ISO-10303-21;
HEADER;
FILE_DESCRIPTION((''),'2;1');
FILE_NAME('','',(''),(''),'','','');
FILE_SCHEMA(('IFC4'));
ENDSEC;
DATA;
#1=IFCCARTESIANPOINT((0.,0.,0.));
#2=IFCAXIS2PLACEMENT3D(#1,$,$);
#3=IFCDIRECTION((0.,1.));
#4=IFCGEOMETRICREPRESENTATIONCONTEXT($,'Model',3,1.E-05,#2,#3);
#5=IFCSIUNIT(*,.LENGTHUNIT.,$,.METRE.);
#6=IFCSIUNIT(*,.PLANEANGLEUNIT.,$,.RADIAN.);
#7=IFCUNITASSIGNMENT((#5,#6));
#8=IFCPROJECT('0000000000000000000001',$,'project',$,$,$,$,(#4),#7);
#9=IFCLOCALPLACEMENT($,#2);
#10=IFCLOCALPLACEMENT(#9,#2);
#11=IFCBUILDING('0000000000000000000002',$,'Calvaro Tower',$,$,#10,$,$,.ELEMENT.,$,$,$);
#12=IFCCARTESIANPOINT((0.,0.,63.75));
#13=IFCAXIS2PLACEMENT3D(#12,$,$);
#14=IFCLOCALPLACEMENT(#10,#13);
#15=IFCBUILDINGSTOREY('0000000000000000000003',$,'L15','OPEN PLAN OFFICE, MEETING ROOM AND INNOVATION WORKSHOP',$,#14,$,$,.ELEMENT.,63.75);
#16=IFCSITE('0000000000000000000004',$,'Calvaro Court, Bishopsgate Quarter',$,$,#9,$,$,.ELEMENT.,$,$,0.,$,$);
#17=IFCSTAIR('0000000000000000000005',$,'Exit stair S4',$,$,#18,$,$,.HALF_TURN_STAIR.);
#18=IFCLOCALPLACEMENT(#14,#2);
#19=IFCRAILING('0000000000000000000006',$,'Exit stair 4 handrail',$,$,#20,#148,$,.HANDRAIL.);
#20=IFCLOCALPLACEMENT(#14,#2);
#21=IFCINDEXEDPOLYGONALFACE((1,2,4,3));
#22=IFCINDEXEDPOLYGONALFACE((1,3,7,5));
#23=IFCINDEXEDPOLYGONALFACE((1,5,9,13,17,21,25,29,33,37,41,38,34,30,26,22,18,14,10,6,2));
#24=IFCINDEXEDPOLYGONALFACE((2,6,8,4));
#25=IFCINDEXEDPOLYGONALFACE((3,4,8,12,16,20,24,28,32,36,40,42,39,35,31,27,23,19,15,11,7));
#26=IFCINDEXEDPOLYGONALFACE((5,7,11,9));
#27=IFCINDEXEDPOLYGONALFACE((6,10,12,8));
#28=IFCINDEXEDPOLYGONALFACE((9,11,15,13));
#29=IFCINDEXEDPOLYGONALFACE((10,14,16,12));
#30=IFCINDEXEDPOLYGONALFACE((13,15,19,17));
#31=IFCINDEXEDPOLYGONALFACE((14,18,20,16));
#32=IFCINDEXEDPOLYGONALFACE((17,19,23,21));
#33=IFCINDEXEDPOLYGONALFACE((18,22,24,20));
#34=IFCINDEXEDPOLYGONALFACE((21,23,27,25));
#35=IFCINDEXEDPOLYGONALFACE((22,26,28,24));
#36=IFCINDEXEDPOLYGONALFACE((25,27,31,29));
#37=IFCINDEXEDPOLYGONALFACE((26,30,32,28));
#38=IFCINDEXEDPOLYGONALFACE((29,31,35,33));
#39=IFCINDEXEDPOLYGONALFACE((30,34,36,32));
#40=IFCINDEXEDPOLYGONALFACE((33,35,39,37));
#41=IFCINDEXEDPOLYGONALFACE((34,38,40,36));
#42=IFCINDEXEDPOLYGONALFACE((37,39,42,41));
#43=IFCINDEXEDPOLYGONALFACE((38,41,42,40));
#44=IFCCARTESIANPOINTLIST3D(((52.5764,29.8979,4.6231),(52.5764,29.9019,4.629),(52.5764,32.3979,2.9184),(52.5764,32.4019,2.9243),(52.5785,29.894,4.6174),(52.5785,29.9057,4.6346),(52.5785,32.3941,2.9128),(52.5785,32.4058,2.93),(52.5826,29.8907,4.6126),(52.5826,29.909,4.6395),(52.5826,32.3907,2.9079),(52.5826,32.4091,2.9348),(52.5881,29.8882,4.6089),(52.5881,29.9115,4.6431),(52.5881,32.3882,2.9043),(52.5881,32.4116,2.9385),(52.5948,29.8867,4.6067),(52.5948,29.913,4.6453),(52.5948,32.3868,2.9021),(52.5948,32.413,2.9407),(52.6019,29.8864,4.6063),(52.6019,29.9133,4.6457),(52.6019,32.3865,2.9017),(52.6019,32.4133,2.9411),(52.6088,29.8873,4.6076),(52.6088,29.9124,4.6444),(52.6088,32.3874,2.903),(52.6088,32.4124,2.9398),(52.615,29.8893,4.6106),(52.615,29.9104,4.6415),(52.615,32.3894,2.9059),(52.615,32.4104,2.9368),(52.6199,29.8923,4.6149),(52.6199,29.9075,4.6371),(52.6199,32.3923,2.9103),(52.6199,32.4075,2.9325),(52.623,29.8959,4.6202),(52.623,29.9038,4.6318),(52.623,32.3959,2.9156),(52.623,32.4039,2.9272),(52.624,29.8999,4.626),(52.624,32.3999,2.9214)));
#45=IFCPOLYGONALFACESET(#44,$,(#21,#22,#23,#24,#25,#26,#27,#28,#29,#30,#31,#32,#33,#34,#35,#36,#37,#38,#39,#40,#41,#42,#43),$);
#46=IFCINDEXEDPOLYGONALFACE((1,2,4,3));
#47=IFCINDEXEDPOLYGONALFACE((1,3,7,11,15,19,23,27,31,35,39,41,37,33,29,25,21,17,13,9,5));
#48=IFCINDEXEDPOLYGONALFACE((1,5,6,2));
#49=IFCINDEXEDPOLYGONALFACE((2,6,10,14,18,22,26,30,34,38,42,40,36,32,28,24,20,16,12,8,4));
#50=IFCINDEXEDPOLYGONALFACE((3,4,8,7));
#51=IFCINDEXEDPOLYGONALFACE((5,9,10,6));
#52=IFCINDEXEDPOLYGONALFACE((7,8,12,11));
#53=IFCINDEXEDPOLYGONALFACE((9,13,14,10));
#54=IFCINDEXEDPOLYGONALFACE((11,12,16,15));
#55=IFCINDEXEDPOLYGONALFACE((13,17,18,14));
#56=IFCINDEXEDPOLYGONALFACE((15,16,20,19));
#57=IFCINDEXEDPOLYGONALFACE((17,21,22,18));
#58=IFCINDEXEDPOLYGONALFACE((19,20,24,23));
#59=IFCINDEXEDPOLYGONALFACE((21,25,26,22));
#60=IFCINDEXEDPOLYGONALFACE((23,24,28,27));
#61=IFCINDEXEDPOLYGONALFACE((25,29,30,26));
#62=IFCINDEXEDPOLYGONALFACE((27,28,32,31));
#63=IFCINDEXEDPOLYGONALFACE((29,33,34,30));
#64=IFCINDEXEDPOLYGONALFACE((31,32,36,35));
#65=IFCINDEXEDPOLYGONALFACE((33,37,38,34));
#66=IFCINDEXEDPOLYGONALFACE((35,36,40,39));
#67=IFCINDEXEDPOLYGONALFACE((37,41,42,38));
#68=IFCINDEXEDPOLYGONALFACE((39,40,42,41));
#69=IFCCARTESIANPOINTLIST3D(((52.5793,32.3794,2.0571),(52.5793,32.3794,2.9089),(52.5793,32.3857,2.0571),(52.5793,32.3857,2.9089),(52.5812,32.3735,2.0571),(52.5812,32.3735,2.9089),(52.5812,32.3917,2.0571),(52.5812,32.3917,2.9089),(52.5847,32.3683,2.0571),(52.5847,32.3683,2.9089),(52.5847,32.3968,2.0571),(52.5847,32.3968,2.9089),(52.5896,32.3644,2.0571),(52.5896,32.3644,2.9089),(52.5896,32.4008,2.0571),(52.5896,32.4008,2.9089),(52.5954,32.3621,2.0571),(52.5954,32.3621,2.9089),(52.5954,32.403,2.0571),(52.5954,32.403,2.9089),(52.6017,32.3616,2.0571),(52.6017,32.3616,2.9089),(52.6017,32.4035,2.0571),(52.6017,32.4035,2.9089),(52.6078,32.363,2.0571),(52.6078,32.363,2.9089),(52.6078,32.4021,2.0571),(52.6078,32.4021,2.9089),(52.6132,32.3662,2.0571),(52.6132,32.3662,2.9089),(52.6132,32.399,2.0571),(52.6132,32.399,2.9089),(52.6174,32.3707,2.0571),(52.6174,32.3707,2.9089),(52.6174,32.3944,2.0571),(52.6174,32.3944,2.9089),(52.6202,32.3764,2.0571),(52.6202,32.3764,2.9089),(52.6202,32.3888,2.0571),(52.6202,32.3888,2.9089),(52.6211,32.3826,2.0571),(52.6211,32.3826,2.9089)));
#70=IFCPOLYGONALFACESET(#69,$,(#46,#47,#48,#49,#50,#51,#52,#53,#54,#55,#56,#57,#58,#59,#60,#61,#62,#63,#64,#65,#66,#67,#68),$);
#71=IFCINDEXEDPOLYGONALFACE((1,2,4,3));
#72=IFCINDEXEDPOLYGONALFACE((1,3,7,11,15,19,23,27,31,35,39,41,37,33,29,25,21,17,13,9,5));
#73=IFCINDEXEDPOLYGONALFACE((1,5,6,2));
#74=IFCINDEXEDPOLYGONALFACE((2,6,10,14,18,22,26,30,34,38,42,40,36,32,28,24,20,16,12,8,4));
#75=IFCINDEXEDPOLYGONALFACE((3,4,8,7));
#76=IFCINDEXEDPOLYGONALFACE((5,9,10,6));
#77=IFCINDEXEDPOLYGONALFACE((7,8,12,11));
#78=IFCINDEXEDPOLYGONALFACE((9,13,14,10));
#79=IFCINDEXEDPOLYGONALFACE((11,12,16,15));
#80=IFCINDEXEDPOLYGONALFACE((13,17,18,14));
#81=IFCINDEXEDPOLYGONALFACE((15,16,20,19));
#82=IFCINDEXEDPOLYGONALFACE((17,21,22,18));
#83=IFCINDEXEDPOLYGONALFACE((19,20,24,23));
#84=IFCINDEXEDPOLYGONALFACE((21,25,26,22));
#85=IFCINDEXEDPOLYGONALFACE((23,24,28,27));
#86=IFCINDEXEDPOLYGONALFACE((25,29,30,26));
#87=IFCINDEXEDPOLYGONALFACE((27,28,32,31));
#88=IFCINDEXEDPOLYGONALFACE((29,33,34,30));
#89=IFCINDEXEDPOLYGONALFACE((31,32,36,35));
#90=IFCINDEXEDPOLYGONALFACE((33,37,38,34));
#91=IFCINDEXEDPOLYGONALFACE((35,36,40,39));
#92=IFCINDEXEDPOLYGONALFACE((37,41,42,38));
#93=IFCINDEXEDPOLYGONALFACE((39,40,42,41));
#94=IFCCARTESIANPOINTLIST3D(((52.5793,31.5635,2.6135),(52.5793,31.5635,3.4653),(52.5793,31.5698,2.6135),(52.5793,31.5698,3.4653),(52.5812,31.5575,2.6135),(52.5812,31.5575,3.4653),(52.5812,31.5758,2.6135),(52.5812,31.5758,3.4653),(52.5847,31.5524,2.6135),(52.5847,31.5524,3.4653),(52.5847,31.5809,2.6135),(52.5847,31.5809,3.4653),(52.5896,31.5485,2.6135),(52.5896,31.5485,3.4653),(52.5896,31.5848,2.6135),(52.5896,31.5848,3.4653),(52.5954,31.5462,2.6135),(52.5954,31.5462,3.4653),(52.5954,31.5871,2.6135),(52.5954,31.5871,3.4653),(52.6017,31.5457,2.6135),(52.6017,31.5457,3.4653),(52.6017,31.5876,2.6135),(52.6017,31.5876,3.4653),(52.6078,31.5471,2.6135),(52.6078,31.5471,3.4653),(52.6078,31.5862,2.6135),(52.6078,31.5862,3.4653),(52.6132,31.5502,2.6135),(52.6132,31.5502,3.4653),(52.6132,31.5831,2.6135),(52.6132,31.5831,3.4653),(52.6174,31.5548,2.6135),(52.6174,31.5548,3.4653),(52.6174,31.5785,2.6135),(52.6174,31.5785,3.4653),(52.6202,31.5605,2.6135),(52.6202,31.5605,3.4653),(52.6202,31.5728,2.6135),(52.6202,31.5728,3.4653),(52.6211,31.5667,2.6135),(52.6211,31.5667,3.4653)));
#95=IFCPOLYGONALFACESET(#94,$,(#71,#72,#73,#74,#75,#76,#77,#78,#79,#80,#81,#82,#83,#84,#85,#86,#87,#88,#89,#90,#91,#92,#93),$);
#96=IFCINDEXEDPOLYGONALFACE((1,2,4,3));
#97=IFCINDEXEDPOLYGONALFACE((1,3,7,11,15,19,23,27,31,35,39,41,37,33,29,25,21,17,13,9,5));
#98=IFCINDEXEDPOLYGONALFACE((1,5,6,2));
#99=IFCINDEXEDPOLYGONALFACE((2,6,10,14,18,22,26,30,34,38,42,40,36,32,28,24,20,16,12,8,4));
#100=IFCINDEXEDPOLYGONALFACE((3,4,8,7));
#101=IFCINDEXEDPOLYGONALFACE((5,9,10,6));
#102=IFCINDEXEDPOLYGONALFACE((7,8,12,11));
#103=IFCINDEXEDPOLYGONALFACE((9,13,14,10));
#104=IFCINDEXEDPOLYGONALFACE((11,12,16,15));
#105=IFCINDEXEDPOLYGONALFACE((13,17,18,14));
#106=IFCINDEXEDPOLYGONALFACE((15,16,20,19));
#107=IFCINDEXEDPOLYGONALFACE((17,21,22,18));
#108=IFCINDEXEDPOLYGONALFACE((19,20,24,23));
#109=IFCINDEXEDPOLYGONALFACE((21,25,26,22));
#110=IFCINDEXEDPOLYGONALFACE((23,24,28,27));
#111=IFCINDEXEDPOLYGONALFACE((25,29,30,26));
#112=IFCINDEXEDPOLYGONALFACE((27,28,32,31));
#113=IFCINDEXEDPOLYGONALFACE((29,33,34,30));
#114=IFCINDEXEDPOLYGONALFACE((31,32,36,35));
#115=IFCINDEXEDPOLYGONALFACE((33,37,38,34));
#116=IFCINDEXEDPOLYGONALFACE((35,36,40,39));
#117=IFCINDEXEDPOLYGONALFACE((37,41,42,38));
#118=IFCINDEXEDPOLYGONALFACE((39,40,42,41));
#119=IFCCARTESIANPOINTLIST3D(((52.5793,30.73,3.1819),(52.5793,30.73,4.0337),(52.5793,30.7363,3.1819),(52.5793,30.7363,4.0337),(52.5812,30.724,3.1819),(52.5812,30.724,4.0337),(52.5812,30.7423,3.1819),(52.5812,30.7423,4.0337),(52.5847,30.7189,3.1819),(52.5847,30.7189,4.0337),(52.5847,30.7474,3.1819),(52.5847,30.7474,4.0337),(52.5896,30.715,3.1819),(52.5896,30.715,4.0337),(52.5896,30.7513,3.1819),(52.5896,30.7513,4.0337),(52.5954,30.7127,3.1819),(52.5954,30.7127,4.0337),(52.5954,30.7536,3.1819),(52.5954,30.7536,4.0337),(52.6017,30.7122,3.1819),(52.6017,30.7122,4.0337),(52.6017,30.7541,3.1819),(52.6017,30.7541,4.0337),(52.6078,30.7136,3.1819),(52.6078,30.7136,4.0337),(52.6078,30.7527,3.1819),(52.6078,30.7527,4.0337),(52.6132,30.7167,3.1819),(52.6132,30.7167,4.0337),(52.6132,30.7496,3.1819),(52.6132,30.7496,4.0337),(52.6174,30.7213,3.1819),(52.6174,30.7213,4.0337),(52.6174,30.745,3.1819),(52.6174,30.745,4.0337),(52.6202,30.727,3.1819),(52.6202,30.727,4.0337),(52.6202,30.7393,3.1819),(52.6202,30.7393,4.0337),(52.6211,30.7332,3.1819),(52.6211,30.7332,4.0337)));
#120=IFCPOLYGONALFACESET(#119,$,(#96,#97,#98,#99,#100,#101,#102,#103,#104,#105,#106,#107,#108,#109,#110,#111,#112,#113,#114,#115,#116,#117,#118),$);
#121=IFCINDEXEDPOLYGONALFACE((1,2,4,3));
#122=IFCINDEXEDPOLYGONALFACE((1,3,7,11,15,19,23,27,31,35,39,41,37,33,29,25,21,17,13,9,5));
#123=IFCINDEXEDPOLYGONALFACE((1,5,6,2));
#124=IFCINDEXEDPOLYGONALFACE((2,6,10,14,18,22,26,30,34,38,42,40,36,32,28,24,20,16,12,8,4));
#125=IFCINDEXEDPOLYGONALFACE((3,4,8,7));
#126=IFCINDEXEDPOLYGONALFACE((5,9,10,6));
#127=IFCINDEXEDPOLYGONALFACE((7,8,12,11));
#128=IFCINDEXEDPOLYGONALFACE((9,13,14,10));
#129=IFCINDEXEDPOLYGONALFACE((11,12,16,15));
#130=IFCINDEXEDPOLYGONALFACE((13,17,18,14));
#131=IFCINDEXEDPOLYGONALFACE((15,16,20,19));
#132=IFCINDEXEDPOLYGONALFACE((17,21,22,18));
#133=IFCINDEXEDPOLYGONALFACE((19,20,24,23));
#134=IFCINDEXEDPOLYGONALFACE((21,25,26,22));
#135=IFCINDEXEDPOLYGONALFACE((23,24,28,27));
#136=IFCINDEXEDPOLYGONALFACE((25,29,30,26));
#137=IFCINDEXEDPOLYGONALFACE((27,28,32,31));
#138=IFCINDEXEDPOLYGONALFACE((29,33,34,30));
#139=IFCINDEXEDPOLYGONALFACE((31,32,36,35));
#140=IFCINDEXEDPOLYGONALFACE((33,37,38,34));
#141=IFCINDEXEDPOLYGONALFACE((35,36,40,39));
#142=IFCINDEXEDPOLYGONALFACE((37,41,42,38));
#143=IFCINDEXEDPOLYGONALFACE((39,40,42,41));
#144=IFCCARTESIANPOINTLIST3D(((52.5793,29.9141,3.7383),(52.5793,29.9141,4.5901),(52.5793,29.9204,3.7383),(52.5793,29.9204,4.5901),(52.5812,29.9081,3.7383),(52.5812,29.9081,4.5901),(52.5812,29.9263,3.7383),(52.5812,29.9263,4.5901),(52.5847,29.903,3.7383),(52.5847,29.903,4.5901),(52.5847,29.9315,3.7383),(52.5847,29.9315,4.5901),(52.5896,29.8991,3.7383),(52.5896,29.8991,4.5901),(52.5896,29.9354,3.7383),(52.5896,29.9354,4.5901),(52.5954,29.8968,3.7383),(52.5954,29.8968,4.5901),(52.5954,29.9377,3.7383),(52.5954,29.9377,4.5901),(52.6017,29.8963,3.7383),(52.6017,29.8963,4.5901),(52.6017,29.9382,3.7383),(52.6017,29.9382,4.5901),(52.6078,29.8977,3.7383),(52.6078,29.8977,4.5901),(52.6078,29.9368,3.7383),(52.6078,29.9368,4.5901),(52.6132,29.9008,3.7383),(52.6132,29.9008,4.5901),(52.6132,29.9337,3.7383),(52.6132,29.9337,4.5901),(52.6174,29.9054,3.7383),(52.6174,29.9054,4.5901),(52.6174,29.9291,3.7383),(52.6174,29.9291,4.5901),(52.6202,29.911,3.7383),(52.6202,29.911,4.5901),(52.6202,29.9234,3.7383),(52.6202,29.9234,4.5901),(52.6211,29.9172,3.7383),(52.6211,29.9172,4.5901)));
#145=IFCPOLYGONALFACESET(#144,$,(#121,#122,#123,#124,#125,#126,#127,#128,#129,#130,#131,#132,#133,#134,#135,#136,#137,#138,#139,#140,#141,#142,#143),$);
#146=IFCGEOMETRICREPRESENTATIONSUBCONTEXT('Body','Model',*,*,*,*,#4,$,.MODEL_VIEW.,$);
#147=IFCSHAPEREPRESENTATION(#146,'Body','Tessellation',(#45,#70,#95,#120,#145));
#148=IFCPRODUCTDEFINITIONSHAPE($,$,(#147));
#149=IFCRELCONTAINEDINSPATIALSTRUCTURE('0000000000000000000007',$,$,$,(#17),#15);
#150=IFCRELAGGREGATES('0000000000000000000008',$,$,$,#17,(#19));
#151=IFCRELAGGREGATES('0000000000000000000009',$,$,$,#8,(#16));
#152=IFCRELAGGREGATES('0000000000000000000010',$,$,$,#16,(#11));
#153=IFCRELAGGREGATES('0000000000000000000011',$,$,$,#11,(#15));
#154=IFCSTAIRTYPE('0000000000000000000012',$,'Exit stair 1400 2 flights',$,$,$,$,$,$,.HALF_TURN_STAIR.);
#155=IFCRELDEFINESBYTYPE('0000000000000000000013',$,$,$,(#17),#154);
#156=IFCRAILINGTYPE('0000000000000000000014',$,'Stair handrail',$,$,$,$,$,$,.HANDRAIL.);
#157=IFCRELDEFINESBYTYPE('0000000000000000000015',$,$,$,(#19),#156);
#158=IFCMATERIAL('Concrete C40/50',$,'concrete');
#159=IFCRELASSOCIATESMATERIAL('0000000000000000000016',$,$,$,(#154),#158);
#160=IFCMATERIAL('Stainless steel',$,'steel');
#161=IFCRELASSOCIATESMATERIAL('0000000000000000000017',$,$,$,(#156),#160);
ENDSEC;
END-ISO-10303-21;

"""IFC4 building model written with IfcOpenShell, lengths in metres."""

from ifc_helpers import new_model, si_unit, direction, frame, origin, origin_2d, place, context, subcontext, project, spatial, circle, extrude, material, type_object, element, aggregate, save


model = new_model("IFC4")

# Units and contexts
model_context = context("Model", 3, precision=1e-05, world=origin(), true_north=direction((0.0, 1.0)))
body_context = subcontext(model_context, "Body", "Model", "MODEL_VIEW")
ifc_project = project(units=[si_unit("LENGTHUNIT", "METRE"), si_unit("PLANEANGLEUNIT", "RADIAN")], contexts=[model_context])

# Site, building, storey
site_placement = place(None, origin())
site = spatial("IfcSite", under=ifc_project, at=site_placement, Name="Calvaro Court, Bishopsgate Quarter", CompositionType="ELEMENT", RefElevation=0.0)
building_placement = place(site_placement, origin())
building = spatial("IfcBuilding", under=site, at=building_placement, Name="Calvaro Tower", CompositionType="ELEMENT")
storey_placement = place(building_placement, frame((0.0, 0.0, 63.75)))
storey = spatial("IfcBuildingStorey", under=building, at=storey_placement, Name="L15", Description="OPEN PLAN OFFICE, MEETING ROOM AND INNOVATION WORKSHOP", CompositionType="ELEMENT", Elevation=63.75)

# Stair
ifc_material_1 = material(Name="Concrete C40/50", Category="concrete")
stair_type = type_object("IfcStairType", Name="Exit stair 1400 2 flights", PredefinedType="HALF_TURN_STAIR", material=ifc_material_1)
stair_1_placement = place(storey_placement, origin())
stair_1 = element("IfcStair", 1, at=stair_1_placement, inside=storey, type_object=stair_type, Name="Exit stair S4", PredefinedType="HALF_TURN_STAIR")

# Railing
ifc_material_2 = material(Name="Stainless steel", Category="steel")
railing_type = type_object("IfcRailingType", Name="Stair handrail", PredefinedType="HANDRAIL", material=ifc_material_2)
railing_1_placement = place(storey_placement, frame((52.6001, 32.3999, 2.0454)))
railing_1 = element("IfcRailing", 2, at=railing_1_placement, type_object=railing_type, Name="Exit stair 4 handrail", PredefinedType="HANDRAIL", context=body_context, shape_type="SweptSolid", body=[
    extrude(circle(Radius=0.0239, at=origin_2d()), frame((0.0, 0.0, 0.876), z_axis=(0.0, -0.826221, 0.563347), x_axis=(1.0, 0.0, 0.0)), (0.0, 0.0, 1.0), 3.0259),
    extrude(circle(Radius=0.021, at=origin_2d()), frame((0.0, -0.0173, 0.0117)), (0.0, 0.0, 1.0), 0.8518),
    extrude(circle(Radius=0.021, at=origin_2d()), frame((0.0, -0.8333, 0.5681)), (0.0, 0.0, 1.0), 0.8518),
    extrude(circle(Radius=0.021, at=origin_2d()), frame((0.0, -1.6667, 1.1365)), (0.0, 0.0, 1.0), 0.8518),
    extrude(circle(Radius=0.021, at=origin_2d()), frame((0.0, -2.4827, 1.6929)), (0.0, 0.0, 1.0), 0.8518),
])
aggregate(stair_1, [railing_1])

save(model, "model.ifc")
